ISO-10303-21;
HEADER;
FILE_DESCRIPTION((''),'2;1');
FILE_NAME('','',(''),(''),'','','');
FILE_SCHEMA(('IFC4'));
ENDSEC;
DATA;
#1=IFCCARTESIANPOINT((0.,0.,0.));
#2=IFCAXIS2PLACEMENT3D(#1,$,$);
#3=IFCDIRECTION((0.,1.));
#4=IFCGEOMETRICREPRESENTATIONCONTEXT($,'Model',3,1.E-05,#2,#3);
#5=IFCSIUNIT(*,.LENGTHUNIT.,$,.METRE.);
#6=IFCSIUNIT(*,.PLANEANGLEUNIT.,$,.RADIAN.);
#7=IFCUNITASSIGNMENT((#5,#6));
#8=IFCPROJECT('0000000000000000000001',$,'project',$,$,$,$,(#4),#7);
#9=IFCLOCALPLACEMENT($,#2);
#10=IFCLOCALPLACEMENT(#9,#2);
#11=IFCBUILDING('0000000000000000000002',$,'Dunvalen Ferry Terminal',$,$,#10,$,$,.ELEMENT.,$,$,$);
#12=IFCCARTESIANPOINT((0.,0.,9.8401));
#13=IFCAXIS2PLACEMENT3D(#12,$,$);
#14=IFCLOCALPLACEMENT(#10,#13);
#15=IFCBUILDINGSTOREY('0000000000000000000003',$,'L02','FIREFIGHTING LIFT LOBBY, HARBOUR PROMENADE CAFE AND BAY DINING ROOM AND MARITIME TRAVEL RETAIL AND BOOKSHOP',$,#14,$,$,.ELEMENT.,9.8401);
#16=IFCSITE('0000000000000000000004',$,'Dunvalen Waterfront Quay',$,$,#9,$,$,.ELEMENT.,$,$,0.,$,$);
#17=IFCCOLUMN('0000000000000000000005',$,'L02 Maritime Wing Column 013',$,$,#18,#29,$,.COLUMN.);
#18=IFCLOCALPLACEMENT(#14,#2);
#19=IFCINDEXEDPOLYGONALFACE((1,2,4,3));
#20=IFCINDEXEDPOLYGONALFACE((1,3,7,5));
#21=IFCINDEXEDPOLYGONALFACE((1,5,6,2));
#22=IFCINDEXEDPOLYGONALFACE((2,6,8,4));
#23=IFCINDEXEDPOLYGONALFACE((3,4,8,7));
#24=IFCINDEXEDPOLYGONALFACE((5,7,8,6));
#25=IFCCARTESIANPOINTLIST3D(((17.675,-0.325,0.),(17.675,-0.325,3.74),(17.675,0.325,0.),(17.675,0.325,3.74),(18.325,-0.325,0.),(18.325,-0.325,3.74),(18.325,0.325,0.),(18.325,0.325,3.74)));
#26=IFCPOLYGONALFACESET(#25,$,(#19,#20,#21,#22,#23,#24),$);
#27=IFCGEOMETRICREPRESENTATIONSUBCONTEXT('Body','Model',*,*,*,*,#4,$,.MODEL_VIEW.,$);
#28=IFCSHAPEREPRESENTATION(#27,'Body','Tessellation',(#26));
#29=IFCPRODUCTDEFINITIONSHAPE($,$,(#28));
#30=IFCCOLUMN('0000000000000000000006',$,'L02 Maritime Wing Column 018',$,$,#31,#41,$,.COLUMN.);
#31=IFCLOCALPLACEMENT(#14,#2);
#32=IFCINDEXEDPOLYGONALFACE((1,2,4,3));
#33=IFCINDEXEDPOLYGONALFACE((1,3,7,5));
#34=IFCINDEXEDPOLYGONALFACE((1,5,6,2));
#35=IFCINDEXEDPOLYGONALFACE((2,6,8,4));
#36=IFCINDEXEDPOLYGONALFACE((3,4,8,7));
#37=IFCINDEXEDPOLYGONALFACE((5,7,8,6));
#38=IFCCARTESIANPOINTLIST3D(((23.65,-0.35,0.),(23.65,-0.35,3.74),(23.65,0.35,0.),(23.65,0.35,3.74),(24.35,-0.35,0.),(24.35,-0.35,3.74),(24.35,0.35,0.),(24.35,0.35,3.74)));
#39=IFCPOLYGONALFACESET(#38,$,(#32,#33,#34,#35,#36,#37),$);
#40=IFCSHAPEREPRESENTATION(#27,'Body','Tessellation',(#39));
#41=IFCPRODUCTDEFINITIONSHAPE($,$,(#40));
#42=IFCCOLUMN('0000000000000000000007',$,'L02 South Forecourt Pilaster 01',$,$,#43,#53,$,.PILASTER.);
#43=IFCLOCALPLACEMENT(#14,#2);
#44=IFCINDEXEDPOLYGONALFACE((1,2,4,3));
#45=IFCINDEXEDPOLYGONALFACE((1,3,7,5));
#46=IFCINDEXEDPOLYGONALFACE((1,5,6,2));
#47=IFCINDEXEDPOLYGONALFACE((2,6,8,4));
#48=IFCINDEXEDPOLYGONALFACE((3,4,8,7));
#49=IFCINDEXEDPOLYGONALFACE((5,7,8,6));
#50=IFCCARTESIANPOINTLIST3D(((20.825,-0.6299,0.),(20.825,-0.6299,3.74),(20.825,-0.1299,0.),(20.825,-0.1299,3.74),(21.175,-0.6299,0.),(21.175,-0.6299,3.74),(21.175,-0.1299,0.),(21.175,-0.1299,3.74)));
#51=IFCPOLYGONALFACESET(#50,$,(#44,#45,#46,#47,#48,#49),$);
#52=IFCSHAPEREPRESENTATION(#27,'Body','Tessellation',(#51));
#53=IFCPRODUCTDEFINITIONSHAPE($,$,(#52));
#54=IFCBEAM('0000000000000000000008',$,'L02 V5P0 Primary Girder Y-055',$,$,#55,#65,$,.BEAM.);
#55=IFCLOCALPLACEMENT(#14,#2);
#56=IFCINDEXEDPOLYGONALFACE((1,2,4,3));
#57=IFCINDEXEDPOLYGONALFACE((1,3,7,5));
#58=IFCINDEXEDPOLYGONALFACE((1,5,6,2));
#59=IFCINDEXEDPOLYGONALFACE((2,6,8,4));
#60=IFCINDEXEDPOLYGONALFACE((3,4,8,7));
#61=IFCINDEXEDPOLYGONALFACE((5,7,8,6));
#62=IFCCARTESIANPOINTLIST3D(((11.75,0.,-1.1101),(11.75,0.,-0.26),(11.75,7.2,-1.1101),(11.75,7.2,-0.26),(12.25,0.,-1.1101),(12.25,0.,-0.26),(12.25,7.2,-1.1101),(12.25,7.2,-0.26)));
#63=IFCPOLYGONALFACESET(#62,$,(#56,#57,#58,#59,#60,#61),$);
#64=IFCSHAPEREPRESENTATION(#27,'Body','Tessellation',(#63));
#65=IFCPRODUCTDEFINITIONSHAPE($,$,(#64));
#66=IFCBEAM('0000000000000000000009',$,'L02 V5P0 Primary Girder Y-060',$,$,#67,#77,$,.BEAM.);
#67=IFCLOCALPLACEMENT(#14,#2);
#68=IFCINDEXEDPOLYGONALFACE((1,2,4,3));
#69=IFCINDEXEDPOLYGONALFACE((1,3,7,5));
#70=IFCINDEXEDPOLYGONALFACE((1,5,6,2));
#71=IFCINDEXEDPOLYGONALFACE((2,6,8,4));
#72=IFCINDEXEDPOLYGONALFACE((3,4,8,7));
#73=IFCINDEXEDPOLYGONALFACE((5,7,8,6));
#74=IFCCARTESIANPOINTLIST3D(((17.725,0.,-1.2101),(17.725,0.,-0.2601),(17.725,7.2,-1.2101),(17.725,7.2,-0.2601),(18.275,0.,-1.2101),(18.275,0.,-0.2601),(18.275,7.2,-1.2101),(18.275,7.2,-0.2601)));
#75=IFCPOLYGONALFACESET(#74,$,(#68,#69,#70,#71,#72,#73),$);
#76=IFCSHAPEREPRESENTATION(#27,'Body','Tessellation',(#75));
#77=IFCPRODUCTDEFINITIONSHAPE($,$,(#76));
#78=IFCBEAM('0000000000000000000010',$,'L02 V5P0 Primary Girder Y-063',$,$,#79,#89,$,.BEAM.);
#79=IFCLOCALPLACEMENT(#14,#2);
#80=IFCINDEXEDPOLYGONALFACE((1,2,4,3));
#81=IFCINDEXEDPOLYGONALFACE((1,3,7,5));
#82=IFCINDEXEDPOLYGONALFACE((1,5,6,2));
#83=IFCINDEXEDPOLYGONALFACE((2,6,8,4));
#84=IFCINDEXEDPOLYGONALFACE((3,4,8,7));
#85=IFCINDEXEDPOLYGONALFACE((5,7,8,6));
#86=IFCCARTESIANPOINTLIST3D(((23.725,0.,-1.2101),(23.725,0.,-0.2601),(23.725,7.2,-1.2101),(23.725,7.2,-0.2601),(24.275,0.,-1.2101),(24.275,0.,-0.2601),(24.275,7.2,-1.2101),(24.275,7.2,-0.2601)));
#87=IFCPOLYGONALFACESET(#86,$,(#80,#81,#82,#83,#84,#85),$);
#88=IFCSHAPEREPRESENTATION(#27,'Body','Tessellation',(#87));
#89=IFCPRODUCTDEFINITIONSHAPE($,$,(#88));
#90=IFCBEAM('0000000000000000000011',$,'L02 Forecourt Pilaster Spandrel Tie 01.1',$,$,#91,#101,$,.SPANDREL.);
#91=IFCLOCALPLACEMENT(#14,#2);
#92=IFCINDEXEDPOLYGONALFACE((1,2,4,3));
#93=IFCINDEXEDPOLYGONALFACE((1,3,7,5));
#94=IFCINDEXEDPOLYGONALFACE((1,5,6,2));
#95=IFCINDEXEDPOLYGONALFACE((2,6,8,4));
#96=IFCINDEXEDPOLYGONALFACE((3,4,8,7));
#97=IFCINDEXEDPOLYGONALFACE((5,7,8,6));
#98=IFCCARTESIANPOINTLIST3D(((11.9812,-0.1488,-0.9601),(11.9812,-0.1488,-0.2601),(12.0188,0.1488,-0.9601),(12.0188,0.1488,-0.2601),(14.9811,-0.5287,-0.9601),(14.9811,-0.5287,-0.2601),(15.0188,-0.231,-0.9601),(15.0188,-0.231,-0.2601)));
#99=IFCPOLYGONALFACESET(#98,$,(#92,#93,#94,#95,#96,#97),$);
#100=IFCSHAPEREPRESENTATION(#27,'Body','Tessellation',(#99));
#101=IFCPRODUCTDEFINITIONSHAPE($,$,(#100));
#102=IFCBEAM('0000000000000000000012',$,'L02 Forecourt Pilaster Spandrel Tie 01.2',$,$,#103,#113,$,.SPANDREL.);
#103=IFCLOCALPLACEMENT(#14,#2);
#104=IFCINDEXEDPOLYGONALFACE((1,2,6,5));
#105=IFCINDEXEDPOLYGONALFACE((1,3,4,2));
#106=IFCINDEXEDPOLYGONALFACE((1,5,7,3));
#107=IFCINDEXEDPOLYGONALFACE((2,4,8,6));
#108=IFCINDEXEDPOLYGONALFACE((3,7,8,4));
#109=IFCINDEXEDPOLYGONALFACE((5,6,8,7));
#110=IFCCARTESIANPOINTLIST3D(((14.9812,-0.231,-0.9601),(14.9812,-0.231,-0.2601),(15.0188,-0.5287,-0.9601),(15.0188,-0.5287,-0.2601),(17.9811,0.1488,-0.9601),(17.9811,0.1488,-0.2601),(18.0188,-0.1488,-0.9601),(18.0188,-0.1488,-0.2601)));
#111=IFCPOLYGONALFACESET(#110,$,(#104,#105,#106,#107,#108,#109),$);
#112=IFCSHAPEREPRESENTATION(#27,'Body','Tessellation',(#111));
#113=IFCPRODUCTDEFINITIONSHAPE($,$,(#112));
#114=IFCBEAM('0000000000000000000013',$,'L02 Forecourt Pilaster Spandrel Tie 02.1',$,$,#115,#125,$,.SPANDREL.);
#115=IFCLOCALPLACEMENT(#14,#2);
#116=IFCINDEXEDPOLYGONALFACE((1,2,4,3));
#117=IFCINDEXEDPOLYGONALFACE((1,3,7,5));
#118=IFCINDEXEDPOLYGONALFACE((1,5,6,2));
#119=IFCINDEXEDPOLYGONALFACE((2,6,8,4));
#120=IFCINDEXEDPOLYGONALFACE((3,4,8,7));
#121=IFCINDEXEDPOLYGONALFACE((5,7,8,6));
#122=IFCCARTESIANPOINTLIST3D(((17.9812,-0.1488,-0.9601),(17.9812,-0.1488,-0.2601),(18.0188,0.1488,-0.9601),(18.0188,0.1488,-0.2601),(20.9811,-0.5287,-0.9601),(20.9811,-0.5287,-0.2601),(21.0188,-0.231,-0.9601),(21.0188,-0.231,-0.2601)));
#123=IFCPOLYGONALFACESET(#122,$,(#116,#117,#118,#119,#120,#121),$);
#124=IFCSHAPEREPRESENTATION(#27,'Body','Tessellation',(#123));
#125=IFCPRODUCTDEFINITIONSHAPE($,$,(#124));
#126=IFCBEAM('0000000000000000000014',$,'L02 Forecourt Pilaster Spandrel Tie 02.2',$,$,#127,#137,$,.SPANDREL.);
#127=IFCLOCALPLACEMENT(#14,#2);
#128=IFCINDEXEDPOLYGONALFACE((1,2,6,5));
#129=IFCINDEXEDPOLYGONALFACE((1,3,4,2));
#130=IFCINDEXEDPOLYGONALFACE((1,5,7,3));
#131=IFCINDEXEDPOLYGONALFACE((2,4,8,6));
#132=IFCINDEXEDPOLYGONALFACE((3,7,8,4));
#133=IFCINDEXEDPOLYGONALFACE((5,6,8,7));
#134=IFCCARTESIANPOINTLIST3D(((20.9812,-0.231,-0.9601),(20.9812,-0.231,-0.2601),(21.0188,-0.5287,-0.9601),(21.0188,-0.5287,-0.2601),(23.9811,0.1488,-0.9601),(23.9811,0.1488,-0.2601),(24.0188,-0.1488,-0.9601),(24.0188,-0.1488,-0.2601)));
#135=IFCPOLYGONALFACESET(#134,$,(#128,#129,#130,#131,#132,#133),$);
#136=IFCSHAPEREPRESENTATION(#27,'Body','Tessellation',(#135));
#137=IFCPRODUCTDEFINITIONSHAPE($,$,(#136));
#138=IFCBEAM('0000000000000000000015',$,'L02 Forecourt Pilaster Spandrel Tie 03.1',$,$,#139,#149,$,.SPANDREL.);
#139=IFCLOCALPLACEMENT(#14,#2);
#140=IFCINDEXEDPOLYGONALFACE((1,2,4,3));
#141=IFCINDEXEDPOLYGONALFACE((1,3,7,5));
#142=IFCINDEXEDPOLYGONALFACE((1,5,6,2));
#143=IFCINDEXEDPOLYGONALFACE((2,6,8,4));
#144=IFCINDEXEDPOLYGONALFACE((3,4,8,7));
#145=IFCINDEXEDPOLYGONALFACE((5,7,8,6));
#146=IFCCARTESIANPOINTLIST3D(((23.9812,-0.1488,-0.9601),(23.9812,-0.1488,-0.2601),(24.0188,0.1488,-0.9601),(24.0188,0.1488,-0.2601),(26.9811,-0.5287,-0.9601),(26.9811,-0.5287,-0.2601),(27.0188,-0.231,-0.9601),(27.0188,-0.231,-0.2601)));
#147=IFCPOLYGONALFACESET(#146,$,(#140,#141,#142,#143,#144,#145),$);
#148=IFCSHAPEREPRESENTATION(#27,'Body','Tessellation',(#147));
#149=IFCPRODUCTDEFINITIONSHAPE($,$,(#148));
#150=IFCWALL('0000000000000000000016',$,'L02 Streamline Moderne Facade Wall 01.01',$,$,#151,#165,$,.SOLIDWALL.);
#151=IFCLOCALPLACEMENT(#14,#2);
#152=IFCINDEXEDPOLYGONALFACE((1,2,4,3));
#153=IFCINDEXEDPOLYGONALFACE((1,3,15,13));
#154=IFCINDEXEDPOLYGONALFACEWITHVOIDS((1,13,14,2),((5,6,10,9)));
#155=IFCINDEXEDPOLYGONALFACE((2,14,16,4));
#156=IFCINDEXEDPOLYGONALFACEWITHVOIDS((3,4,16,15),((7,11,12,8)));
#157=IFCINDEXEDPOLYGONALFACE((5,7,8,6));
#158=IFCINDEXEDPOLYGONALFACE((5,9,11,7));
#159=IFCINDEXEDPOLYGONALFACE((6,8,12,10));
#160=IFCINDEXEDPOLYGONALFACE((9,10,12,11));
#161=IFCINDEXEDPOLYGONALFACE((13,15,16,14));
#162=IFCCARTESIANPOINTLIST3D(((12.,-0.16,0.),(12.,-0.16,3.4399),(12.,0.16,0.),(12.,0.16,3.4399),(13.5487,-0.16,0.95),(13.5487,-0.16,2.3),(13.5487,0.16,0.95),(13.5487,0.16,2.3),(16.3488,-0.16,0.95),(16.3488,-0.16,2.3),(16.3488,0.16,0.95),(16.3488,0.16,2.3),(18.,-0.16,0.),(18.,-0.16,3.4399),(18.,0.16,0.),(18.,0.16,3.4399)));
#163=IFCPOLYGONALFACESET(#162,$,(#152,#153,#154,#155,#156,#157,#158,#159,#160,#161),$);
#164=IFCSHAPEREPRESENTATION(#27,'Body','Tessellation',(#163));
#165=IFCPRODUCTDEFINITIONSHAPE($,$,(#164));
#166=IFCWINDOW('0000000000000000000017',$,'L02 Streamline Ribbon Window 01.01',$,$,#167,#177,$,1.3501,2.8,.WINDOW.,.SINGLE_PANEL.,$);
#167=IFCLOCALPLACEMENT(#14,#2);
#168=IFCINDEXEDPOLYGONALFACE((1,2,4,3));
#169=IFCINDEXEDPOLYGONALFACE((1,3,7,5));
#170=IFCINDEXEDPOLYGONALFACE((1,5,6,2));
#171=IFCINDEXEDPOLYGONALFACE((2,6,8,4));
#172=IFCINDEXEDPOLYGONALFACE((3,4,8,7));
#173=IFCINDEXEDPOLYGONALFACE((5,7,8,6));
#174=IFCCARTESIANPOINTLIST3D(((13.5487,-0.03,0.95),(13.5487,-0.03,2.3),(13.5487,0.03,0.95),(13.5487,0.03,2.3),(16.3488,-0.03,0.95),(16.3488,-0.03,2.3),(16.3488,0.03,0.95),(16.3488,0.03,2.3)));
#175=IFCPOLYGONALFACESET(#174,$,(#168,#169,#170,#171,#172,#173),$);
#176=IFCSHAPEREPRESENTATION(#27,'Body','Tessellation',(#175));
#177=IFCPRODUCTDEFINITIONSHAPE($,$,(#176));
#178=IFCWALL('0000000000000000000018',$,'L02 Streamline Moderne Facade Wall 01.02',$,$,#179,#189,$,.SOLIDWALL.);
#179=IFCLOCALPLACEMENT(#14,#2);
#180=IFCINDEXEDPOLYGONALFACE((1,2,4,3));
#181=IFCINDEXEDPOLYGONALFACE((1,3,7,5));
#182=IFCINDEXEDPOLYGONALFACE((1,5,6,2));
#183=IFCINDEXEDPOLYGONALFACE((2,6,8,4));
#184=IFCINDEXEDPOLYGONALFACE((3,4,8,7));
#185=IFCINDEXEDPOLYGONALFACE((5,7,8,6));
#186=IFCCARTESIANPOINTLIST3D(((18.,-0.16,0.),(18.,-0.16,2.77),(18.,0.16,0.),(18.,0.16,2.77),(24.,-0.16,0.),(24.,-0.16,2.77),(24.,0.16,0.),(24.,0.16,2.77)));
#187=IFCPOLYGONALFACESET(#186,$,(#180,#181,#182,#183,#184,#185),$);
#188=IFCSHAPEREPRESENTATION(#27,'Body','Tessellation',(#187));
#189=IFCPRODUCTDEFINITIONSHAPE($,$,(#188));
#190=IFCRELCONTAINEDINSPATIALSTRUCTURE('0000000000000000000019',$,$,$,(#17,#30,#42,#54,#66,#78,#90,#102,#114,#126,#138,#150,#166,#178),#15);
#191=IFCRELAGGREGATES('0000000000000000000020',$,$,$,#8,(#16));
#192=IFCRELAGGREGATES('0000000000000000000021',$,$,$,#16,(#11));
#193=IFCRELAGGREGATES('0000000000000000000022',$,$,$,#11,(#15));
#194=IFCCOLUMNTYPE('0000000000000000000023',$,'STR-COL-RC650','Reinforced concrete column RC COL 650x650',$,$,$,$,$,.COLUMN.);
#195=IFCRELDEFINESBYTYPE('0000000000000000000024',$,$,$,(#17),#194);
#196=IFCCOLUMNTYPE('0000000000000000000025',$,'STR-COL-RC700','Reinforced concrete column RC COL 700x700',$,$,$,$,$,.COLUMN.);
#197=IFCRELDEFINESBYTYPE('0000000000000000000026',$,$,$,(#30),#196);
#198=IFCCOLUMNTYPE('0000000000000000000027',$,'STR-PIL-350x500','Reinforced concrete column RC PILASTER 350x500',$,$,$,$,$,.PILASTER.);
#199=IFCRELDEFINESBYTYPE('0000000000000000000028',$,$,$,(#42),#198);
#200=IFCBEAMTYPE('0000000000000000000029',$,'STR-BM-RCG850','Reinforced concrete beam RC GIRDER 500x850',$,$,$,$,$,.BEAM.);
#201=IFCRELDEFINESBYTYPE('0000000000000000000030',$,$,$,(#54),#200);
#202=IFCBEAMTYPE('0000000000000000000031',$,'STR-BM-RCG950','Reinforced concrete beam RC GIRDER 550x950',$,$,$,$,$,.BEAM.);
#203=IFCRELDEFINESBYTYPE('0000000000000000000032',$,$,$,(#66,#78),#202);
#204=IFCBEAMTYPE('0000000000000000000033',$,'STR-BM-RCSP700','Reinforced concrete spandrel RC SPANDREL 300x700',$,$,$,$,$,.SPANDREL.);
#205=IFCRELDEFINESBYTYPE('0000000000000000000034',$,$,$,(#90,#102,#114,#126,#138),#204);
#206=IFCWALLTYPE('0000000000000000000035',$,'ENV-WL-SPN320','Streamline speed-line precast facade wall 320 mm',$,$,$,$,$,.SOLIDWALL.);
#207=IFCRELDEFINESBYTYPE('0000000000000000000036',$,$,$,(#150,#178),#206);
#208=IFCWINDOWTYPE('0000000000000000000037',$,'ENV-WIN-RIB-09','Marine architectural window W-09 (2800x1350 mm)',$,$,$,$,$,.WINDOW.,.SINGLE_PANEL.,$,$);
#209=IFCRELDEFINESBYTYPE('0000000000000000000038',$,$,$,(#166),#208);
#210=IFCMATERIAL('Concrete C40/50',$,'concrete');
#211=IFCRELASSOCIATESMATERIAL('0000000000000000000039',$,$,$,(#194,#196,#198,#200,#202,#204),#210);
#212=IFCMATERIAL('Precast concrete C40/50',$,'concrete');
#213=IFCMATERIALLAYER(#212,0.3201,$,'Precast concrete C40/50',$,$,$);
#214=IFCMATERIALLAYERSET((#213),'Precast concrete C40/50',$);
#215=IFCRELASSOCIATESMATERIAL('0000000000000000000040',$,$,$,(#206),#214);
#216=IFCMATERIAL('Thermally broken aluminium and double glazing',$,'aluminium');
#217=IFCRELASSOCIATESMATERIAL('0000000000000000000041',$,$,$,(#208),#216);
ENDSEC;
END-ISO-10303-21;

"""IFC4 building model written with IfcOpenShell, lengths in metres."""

from ifc_helpers import new_model, si_unit, direction, frame, frame_2d, origin, origin_2d, place, context, subcontext, project, spatial, rectangle, extrude, material, layer, layer_set, material_profile, profile_set, type_object, element, fill, save


model = new_model("IFC4")

# Units and contexts
model_context = context("Model", 3, precision=1e-05, world=origin(), true_north=direction((0.0, 1.0)))
body_context = subcontext(model_context, "Body", "Model", "MODEL_VIEW")
ifc_project = project(units=[si_unit("LENGTHUNIT", "METRE"), si_unit("PLANEANGLEUNIT", "RADIAN")], contexts=[model_context])

# Site, building, storey
site_placement = place(None, origin())
site = spatial("IfcSite", under=ifc_project, at=site_placement, Name="Dunvalen Waterfront Quay", CompositionType="ELEMENT", RefElevation=0.0)
building_placement = place(site_placement, origin())
building = spatial("IfcBuilding", under=site, at=building_placement, Name="Dunvalen Ferry Terminal", CompositionType="ELEMENT")
storey_placement = place(building_placement, frame((0.0, 0.0, 9.8401)))
storey = spatial("IfcBuildingStorey", under=building, at=storey_placement, Name="L02", Description="FIREFIGHTING LIFT LOBBY, HARBOUR PROMENADE CAFE AND BAY DINING ROOM AND MARITIME TRAVEL RETAIL AND BOOKSHOP", CompositionType="ELEMENT", Elevation=9.8401)

# Columns
ifc_material_1 = material(Name="Concrete C40/50", Category="concrete")
ifc_material_profile_1 = material_profile(ifc_material_1, rectangle(XDim=0.6499, YDim=0.6499, at=origin_2d()), Name="Concrete C40/50")
ifc_profile_set_1 = profile_set([ifc_material_profile_1], Name="Concrete C40/50")
column_type_1 = type_object("IfcColumnType", Name="STR-COL-RC650", Description="Reinforced concrete column RC COL 650x650", PredefinedType="COLUMN", material=ifc_profile_set_1)
column_1_placement = place(storey_placement, frame((18.0, 0.0, 0.0), z_axis=(0.0, 0.0, 1.0), x_axis=(1.0, 0.0, 0.0)))
element("IfcColumn", 1, at=column_1_placement, inside=storey, type_object=column_type_1, Name="L02 Maritime Wing Column 013", PredefinedType="COLUMN", context=body_context, shape_type="SweptSolid", body=[
    extrude(rectangle(XDim=0.6499, YDim=0.6499, at=origin_2d()), origin(), (0.0, 0.0, 1.0), 3.74),
])
ifc_material_profile_2 = material_profile(ifc_material_1, rectangle(XDim=0.7, YDim=0.7, at=origin_2d()), Name="Concrete C40/50")
ifc_profile_set_2 = profile_set([ifc_material_profile_2], Name="Concrete C40/50")
column_type_2 = type_object("IfcColumnType", Name="STR-COL-RC700", Description="Reinforced concrete column RC COL 700x700", PredefinedType="COLUMN", material=ifc_profile_set_2)
column_2_placement = place(storey_placement, frame((24.0, 0.0, 0.0), z_axis=(0.0, 0.0, 1.0), x_axis=(1.0, 0.0, 0.0)))
element("IfcColumn", 2, at=column_2_placement, inside=storey, type_object=column_type_2, Name="L02 Maritime Wing Column 018", PredefinedType="COLUMN", context=body_context, shape_type="SweptSolid", body=[
    extrude(rectangle(XDim=0.7, YDim=0.7, at=origin_2d()), origin(), (0.0, 0.0, 1.0), 3.74),
])
ifc_material_profile_3 = material_profile(ifc_material_1, rectangle(XDim=0.3501, YDim=0.5, at=origin_2d()), Name="Concrete C40/50")
ifc_profile_set_3 = profile_set([ifc_material_profile_3], Name="Concrete C40/50")
column_type_3 = type_object("IfcColumnType", Name="STR-PIL-350x500", Description="Reinforced concrete column RC PILASTER 350x500", PredefinedType="PILASTER", material=ifc_profile_set_3)
column_3_placement = place(storey_placement, frame((21.0, -0.3799, 0.0), z_axis=(0.0, 0.0, 1.0), x_axis=(1.0, 0.0, 0.0)))
element("IfcColumn", 3, at=column_3_placement, inside=storey, type_object=column_type_3, Name="L02 South Forecourt Pilaster 01", PredefinedType="PILASTER", context=body_context, shape_type="SweptSolid", body=[
    extrude(rectangle(XDim=0.3501, YDim=0.5, at=origin_2d()), origin(), (0.0, 0.0, 1.0), 3.74),
])

# Beams
ifc_material_profile_4 = material_profile(ifc_material_1, rectangle(XDim=0.5, YDim=0.8501, at=origin_2d()), Name="Concrete C40/50")
ifc_profile_set_4 = profile_set([ifc_material_profile_4], Name="Concrete C40/50")
beam_type_1 = type_object("IfcBeamType", Name="STR-BM-RCG850", Description="Reinforced concrete beam RC GIRDER 500x850", PredefinedType="BEAM", material=ifc_profile_set_4)
beam_placement = place(storey_placement, frame((12.0, 0.0, -0.6851), z_axis=(0.0, 1.0, 0.0), x_axis=(-1.0, 0.0, 0.0)))
element("IfcBeam", 4, at=beam_placement, inside=storey, type_object=beam_type_1, Name="L02 V5P0 Primary Girder Y-055", PredefinedType="BEAM", context=body_context, shape_type="SweptSolid", body=[
    extrude(rectangle(XDim=0.5, YDim=0.8501, at=origin_2d()), origin(), (0.0, 0.0, 1.0), 7.2),
])
ifc_material_profile_5 = material_profile(ifc_material_1, rectangle(XDim=0.55, YDim=0.95, at=origin_2d()), Name="Concrete C40/50")
ifc_profile_set_5 = profile_set([ifc_material_profile_5], Name="Concrete C40/50")
beam_type_2 = type_object("IfcBeamType", Name="STR-BM-RCG950", Description="Reinforced concrete beam RC GIRDER 550x950", PredefinedType="BEAM", material=ifc_profile_set_5)
for number, where, z_axis, x_axis, name in (
    (5, (18.0, 0.0, -0.7351), (0.0, 1.0, 0.0), (-1.0, 0.0, 0.0), "L02 V5P0 Primary Girder Y-060"),
    (6, (24.0, 0.0, -0.7351), (0.0, 1.0, 0.0), (-1.0, 0.0, 0.0), "L02 V5P0 Primary Girder Y-063"),
):
    element("IfcBeam", number, at=place(storey_placement, frame(where, z_axis=z_axis, x_axis=x_axis)), inside=storey, type_object=beam_type_2, Name=name, PredefinedType="BEAM", context=body_context, shape_type="SweptSolid", body=[
        extrude(rectangle(XDim=0.55, YDim=0.95, at=origin_2d()), origin(), (0.0, 0.0, 1.0), 7.2),
    ])
ifc_material_profile_6 = material_profile(ifc_material_1, rectangle(XDim=0.3, YDim=0.7, at=origin_2d()), Name="Concrete C40/50")
ifc_profile_set_6 = profile_set([ifc_material_profile_6], Name="Concrete C40/50")
beam_type_3 = type_object("IfcBeamType", Name="STR-BM-RCSP700", Description="Reinforced concrete spandrel RC SPANDREL 300x700", PredefinedType="SPANDREL", material=ifc_profile_set_6)
for number, where, z_axis, x_axis, name in (
    (7, (12.0, 0.0, -0.6101), (0.992078, -0.125624, 0.0), (0.125624, 0.992078, 0.0), "L02 Forecourt Pilaster Spandrel Tie 01.1"),
    (8, (15.0, -0.3799, -0.6101), (0.992078, 0.125624, 0.0), (-0.125624, 0.992078, 0.0), "L02 Forecourt Pilaster Spandrel Tie 01.2"),
    (9, (18.0, 0.0, -0.6101), (0.992078, -0.125624, 0.0), (0.125624, 0.992078, 0.0), "L02 Forecourt Pilaster Spandrel Tie 02.1"),
    (10, (21.0, -0.3799, -0.6101), (0.992078, 0.125624, 0.0), (-0.125624, 0.992078, 0.0), "L02 Forecourt Pilaster Spandrel Tie 02.2"),
    (11, (24.0, 0.0, -0.6101), (0.992078, -0.125624, 0.0), (0.125624, 0.992078, 0.0), "L02 Forecourt Pilaster Spandrel Tie 03.1"),
):
    element("IfcBeam", number, at=place(storey_placement, frame(where, z_axis=z_axis, x_axis=x_axis)), inside=storey, type_object=beam_type_3, Name=name, PredefinedType="SPANDREL", context=body_context, shape_type="SweptSolid", body=[
        extrude(rectangle(XDim=0.3, YDim=0.7, at=origin_2d()), origin(), (0.0, 0.0, 1.0), 3.0239),
    ])

# Wall, opening, window
ifc_material_2 = material(Name="Precast concrete C40/50", Category="concrete")
ifc_layer_1 = layer(ifc_material_2, 0.3201, Name="Precast concrete C40/50")
ifc_layer_set_1 = layer_set([ifc_layer_1], Name="Precast concrete C40/50")
wall_type = type_object("IfcWallType", Name="ENV-WL-SPN320", Description="Streamline speed-line precast facade wall 320 mm", PredefinedType="SOLIDWALL", material=ifc_layer_set_1)
wall_1_placement = place(storey_placement, frame((12.0, 0.0, 0.0), z_axis=(0.0, 0.0, 1.0), x_axis=(1.0, 0.0, 0.0)))
wall_1 = element("IfcWall", 12, at=wall_1_placement, inside=storey, type_object=wall_type, Name="L02 Streamline Moderne Facade Wall 01.01", PredefinedType="SOLIDWALL", context=body_context, shape_type="SweptSolid", body=[
    extrude(rectangle(XDim=6.0, YDim=0.3201, at=frame_2d((3.0, 0.0))), origin(), (0.0, 0.0, 1.0), 3.4399),
])
opening_1_placement = place(wall_1_placement, frame((1.5488, 0.0, 0.95)))
opening_1 = element("IfcOpeningElement", 13, at=opening_1_placement, cuts=wall_1, PredefinedType="OPENING", context=body_context, shape_type="SweptSolid", body=[
    extrude(rectangle(XDim=2.8, YDim=1.3501, at=frame_2d((1.3999, 0.675))), frame((0.0, 0.1699, 0.0), z_axis=(0.0, -1.0, 0.0), x_axis=(1.0, 0.0, 0.0)), (0.0, 0.0, 1.0), 0.3401),
])
ifc_material_3 = material(Name="Thermally broken aluminium and double glazing", Category="aluminium")
window_type_1 = type_object("IfcWindowType", Name="ENV-WIN-RIB-09", Description="Marine architectural window W-09 (2800x1350 mm)", PartitioningType="SINGLE_PANEL", PredefinedType="WINDOW", material=ifc_material_3)
window_1_placement = place(opening_1_placement, origin())
window_1 = element("IfcWindow", 14, at=window_1_placement, inside=storey, type_object=window_type_1, Name="L02 Streamline Ribbon Window 01.01", OverallHeight=1.3501, OverallWidth=2.8, PartitioningType="SINGLE_PANEL", PredefinedType="WINDOW", context=body_context, shape_type="SweptSolid", body=[
    extrude(rectangle(XDim=2.8, YDim=1.3501, at=frame_2d((1.3999, 0.675))), frame((0.0, 0.03, 0.0), z_axis=(0.0, -1.0, 0.0), x_axis=(1.0, 0.0, 0.0)), (0.0, 0.0, 1.0), 0.0601),
])
fill(opening_1, window_1)

# Wall
for number, where, z_axis, x_axis, name in (
    (15, (18.0, 0.0, 0.0), (0.0, 0.0, 1.0), (1.0, 0.0, 0.0), "L02 Streamline Moderne Facade Wall 01.02"),
):
    element("IfcWall", number, at=place(storey_placement, frame(where, z_axis=z_axis, x_axis=x_axis)), inside=storey, type_object=wall_type, Name=name, PredefinedType="SOLIDWALL", context=body_context, shape_type="SweptSolid", body=[
        extrude(rectangle(XDim=6.0, YDim=0.3201, at=frame_2d((3.0, 0.0))), origin(), (0.0, 0.0, 1.0), 2.77),
    ])

save(model, "model.ifc")
